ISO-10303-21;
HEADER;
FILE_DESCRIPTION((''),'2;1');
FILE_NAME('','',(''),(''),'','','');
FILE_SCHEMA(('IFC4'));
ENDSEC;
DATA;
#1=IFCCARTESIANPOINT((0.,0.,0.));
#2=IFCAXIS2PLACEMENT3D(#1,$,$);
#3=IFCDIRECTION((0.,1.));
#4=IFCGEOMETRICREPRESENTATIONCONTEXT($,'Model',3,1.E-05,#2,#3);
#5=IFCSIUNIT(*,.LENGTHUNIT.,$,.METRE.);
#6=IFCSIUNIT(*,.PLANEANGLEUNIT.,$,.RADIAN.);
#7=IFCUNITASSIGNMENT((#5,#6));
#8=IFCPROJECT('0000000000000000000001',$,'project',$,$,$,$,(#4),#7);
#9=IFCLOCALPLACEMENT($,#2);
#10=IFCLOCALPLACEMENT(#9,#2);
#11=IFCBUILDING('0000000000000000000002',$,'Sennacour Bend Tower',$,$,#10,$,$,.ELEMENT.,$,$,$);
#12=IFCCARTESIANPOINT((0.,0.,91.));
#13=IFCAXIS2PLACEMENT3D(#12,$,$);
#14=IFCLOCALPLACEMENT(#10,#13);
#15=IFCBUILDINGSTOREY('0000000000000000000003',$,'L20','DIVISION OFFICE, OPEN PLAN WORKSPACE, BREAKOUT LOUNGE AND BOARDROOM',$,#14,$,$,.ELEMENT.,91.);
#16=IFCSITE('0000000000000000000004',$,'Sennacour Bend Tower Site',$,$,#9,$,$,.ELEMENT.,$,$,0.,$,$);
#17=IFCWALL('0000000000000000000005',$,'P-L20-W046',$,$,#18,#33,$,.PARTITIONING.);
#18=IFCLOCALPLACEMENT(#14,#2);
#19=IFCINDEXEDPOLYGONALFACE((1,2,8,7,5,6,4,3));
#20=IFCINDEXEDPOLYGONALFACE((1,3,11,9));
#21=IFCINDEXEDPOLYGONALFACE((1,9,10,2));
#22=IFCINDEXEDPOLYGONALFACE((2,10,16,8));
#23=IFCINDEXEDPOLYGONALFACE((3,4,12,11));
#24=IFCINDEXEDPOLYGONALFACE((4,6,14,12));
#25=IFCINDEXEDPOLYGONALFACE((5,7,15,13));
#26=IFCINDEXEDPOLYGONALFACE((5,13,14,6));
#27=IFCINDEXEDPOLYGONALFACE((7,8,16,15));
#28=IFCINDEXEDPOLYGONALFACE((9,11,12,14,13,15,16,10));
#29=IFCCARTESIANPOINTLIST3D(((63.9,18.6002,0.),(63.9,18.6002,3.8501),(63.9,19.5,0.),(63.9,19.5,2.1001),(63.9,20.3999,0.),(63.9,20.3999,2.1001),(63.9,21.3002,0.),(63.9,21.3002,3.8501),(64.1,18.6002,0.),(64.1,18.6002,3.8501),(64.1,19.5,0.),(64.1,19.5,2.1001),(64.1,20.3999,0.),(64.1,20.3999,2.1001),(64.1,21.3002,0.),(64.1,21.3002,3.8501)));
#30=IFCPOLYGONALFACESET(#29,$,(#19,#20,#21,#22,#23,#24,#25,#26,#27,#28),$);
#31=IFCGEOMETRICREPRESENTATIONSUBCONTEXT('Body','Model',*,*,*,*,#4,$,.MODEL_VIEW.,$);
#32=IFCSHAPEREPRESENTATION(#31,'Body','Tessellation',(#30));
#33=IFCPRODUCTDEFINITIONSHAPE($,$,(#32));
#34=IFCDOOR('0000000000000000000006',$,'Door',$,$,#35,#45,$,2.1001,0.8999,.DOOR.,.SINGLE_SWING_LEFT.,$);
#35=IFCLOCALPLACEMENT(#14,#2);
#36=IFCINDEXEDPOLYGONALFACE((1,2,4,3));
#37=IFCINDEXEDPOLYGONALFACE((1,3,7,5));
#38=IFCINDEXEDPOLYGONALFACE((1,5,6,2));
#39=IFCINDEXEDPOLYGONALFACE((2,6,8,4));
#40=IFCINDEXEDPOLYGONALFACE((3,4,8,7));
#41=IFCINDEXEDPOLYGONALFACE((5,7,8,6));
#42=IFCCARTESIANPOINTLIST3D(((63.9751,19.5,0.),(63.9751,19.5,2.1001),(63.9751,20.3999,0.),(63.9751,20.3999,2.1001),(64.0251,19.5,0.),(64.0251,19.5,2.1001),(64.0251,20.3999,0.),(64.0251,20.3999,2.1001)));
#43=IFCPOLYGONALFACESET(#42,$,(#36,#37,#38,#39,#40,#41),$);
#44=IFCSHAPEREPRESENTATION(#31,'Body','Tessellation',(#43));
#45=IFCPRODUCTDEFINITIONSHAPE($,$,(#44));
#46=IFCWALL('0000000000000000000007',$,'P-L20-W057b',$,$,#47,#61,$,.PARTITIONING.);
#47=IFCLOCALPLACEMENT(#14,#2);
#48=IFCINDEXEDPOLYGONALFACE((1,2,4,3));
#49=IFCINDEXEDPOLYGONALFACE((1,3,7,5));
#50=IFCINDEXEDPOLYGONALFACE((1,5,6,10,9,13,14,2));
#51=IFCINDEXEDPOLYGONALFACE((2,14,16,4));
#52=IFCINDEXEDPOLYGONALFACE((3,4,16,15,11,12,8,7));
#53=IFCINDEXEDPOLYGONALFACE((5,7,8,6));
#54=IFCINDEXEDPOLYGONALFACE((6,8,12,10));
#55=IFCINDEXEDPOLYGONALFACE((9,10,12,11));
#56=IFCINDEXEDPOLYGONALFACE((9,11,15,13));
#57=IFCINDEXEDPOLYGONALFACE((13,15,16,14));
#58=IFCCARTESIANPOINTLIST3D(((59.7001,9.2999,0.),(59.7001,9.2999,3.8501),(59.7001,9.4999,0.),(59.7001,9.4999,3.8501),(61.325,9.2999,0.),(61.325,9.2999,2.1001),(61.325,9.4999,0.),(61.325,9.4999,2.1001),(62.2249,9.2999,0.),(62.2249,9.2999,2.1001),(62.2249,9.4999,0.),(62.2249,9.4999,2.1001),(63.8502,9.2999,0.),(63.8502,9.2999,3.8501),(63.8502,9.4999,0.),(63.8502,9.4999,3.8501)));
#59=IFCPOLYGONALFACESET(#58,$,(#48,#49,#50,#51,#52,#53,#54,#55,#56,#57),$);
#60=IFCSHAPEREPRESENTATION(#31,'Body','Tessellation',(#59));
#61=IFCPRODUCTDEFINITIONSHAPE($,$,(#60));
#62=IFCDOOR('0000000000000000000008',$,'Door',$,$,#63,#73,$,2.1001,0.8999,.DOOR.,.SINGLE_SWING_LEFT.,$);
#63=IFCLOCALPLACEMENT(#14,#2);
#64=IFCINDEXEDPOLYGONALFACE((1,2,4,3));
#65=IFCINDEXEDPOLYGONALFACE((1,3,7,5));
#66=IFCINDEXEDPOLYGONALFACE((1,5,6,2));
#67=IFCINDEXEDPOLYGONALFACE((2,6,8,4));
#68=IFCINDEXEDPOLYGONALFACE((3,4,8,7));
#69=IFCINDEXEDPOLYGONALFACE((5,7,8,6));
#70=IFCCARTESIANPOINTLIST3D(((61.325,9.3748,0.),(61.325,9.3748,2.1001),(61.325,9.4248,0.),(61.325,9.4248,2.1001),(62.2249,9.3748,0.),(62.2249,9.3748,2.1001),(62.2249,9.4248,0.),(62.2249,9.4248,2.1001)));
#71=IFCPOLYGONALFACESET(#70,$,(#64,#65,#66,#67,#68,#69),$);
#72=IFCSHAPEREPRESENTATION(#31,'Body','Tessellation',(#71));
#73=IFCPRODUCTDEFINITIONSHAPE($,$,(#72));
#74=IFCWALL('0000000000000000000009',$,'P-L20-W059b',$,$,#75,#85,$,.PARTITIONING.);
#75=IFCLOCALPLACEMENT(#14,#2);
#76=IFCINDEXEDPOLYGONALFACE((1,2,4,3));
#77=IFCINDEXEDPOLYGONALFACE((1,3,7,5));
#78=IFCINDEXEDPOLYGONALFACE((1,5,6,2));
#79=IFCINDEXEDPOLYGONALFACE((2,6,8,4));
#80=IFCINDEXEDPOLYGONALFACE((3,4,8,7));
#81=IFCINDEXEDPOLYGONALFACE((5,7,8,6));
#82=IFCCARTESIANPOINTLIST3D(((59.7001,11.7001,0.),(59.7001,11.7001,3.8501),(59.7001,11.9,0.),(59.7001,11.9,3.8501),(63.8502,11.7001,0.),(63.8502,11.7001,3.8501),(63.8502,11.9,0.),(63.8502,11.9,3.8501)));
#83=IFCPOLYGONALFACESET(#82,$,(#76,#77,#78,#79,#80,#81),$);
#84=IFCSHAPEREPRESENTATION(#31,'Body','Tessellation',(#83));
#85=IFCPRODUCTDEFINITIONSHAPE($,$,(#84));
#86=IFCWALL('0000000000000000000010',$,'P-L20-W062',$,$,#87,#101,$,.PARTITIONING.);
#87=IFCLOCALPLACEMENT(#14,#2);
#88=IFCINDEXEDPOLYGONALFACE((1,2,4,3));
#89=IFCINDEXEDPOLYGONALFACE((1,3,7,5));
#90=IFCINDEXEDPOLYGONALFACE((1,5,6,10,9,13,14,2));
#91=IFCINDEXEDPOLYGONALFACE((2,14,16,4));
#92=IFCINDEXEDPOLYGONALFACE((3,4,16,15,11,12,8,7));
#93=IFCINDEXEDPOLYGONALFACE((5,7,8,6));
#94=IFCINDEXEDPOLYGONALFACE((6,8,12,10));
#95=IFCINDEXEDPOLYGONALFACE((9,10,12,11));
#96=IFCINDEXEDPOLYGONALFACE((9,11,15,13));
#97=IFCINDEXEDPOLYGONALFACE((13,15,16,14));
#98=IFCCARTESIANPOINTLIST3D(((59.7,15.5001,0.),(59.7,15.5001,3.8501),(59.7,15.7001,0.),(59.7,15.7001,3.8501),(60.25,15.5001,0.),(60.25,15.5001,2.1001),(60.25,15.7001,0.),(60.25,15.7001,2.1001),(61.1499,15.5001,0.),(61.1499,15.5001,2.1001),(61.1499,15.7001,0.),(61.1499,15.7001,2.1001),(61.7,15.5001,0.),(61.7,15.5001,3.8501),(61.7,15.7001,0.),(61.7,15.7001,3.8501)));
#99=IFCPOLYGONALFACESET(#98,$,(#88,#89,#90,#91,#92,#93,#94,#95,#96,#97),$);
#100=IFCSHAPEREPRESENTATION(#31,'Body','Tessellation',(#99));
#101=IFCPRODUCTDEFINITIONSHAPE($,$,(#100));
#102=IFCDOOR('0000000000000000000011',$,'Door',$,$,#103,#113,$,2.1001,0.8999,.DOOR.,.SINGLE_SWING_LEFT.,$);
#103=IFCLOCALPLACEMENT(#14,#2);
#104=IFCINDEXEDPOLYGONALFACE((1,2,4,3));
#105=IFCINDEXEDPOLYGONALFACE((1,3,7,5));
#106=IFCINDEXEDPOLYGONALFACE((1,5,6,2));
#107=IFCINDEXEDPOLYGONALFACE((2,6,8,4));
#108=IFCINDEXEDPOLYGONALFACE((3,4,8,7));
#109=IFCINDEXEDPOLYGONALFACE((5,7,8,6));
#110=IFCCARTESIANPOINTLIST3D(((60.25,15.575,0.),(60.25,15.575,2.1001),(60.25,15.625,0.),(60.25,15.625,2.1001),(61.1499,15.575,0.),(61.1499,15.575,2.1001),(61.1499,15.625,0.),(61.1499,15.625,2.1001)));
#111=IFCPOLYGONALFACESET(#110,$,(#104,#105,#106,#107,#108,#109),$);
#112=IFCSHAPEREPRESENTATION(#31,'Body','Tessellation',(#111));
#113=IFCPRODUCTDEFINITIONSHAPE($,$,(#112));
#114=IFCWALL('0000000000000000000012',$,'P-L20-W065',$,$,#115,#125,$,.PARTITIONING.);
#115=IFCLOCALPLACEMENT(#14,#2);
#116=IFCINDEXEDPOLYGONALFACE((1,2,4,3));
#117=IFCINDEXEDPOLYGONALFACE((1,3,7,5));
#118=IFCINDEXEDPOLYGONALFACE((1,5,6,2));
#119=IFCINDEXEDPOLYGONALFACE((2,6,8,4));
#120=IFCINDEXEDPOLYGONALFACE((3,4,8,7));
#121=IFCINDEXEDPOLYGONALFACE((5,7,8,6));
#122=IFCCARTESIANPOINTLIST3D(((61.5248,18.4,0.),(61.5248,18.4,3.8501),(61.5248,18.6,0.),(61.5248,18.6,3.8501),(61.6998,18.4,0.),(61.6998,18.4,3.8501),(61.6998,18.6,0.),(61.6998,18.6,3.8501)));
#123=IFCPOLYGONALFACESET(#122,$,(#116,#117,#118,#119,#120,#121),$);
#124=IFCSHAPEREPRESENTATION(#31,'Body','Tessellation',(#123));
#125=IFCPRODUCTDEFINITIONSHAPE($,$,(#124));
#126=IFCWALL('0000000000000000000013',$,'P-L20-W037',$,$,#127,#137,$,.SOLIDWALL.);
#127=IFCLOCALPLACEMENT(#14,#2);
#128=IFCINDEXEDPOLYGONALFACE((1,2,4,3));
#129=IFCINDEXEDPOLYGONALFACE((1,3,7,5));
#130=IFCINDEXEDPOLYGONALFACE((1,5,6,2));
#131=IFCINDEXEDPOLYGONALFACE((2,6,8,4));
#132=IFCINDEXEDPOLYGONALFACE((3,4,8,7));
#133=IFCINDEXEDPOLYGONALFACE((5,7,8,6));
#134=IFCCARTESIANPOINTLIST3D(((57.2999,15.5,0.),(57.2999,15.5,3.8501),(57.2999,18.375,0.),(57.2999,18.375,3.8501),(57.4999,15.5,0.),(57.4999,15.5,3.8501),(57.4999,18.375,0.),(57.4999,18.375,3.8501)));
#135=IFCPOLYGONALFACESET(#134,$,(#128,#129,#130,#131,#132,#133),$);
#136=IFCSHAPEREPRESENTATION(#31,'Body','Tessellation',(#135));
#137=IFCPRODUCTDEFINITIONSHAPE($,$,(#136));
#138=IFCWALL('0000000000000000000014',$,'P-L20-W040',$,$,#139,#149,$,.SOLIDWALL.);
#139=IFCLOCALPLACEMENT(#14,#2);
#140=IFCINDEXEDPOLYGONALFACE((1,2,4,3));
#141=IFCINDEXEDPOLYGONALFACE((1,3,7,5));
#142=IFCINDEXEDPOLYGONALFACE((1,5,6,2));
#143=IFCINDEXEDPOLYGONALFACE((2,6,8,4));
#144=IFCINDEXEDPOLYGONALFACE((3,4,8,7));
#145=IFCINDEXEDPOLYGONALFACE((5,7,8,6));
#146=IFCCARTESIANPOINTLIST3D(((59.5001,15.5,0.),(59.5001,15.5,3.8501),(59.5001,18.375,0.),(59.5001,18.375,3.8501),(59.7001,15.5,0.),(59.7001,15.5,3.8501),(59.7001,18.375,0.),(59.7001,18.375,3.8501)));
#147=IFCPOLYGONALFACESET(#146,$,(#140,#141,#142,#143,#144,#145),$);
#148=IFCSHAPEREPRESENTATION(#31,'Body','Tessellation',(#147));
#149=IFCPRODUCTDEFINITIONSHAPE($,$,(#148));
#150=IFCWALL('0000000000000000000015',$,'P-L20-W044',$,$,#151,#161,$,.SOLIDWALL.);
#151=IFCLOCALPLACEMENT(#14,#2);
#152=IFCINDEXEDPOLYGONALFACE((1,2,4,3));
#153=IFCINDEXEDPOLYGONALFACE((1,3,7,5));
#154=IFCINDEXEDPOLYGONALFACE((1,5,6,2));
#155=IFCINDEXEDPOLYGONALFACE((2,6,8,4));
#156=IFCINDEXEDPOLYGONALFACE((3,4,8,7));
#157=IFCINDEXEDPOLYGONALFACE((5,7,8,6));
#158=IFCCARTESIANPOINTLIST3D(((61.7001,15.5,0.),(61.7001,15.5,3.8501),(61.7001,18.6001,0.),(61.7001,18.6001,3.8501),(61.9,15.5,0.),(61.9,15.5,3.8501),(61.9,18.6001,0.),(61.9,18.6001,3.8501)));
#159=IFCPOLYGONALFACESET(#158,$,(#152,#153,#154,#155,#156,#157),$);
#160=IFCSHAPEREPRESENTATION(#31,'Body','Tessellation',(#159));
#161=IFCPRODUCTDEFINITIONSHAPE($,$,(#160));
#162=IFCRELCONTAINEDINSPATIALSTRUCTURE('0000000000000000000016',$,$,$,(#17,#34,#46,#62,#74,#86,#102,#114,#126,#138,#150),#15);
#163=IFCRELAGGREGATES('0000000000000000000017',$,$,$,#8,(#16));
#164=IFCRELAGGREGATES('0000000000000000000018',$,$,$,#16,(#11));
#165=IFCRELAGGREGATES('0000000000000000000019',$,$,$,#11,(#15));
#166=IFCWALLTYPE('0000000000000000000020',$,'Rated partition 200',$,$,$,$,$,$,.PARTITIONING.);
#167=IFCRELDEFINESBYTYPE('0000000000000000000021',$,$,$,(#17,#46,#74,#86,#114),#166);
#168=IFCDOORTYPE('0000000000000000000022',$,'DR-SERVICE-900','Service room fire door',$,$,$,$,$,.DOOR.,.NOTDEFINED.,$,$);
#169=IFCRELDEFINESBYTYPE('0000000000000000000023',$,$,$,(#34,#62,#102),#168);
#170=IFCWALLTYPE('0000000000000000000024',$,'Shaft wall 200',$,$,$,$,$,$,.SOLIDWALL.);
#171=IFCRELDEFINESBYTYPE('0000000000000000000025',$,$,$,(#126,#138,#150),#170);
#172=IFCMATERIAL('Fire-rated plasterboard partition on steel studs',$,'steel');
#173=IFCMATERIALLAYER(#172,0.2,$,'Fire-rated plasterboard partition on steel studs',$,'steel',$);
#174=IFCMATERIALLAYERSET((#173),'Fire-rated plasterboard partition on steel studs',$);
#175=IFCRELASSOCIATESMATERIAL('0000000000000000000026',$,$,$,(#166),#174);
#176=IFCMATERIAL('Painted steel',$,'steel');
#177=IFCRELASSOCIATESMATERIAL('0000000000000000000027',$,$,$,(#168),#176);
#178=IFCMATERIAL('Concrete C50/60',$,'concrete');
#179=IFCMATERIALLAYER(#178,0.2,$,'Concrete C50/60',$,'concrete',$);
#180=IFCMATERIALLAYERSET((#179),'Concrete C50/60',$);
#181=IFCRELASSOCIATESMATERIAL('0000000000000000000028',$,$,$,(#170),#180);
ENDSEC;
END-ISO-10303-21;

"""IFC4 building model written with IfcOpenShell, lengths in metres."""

from ifc_helpers import new_model, si_unit, direction, frame, frame_2d, origin, place, context, subcontext, project, spatial, rectangle, extrude, material, layer, layer_set, type_object, element, fill, save


model = new_model("IFC4")

# Units and contexts
model_context = context("Model", 3, precision=1e-05, world=origin(), true_north=direction((0.0, 1.0)))
body_context = subcontext(model_context, "Body", "Model", "MODEL_VIEW")
ifc_project = project(units=[si_unit("LENGTHUNIT", "METRE"), si_unit("PLANEANGLEUNIT", "RADIAN")], contexts=[model_context])

# Site, building, storey
site_placement = place(None, origin())
site = spatial("IfcSite", under=ifc_project, at=site_placement, Name="Sennacour Bend Tower Site", CompositionType="ELEMENT", RefElevation=0.0)
building_placement = place(site_placement, origin())
building = spatial("IfcBuilding", under=site, at=building_placement, Name="Sennacour Bend Tower", CompositionType="ELEMENT")
storey_placement = place(building_placement, frame((0.0, 0.0, 91.0)))
storey = spatial("IfcBuildingStorey", under=building, at=storey_placement, Name="L20", Description="DIVISION OFFICE, OPEN PLAN WORKSPACE, BREAKOUT LOUNGE AND BOARDROOM", CompositionType="ELEMENT", Elevation=91.0)

# Walls, openings, doors
ifc_material_1 = material(Name="Fire-rated plasterboard partition on steel studs", Category="steel")
ifc_layer_1 = layer(ifc_material_1, 0.2, Name="Fire-rated plasterboard partition on steel studs", Category="steel")
ifc_layer_set_1 = layer_set([ifc_layer_1], Name="Fire-rated plasterboard partition on steel studs")
wall_type_1 = type_object("IfcWallType", Name="Rated partition 200", PredefinedType="PARTITIONING", material=ifc_layer_set_1)
wall_1_placement = place(storey_placement, frame((64.0, 18.6001, 0.0), z_axis=(0.0, 0.0, 1.0), x_axis=(0.0, 1.0, 0.0)))
wall_1 = element("IfcWall", 1, at=wall_1_placement, inside=storey, type_object=wall_type_1, Name="P-L20-W046", PredefinedType="PARTITIONING", context=body_context, shape_type="SweptSolid", body=[
    extrude(rectangle(XDim=2.7, YDim=0.2, at=frame_2d((1.3501, 0.0))), origin(), (0.0, 0.0, 1.0), 3.8501),
])
opening_1_placement = place(wall_1_placement, frame((0.8999, 0.0, 0.0)))
opening_1 = element("IfcOpeningElement", 2, at=opening_1_placement, cuts=wall_1, PredefinedType="OPENING", context=body_context, shape_type="SweptSolid", body=[
    extrude(rectangle(XDim=0.8999, YDim=2.1001, at=frame_2d((0.45, 1.05))), frame((0.0, 0.1099, 0.0), z_axis=(0.0, -1.0, 0.0), x_axis=(1.0, 0.0, 0.0)), (0.0, 0.0, 1.0), 0.22),
])
ifc_material_2 = material(Name="Painted steel", Category="steel")
door_type_1 = type_object("IfcDoorType", Name="DR-SERVICE-900", Description="Service room fire door", OperationType="NOTDEFINED", PredefinedType="DOOR", material=ifc_material_2)
door_1_placement = place(opening_1_placement, origin())
door_1 = element("IfcDoor", 3, at=door_1_placement, inside=storey, type_object=door_type_1, Name="Door", OperationType="SINGLE_SWING_LEFT", OverallHeight=2.1001, OverallWidth=0.8999, PredefinedType="DOOR", context=body_context, shape_type="SweptSolid", body=[
    extrude(rectangle(XDim=0.8999, YDim=2.1001, at=frame_2d((0.45, 1.05))), frame((0.0, 0.0249, 0.0), z_axis=(0.0, -1.0, 0.0), x_axis=(1.0, 0.0, 0.0)), (0.0, 0.0, 1.0), 0.05),
])
fill(opening_1, door_1)
wall_2_placement = place(storey_placement, frame((59.7, 9.3999, 0.0), z_axis=(0.0, 0.0, 1.0), x_axis=(1.0, 0.0, 0.0)))
wall_2 = element("IfcWall", 4, at=wall_2_placement, inside=storey, type_object=wall_type_1, Name="P-L20-W057b", PredefinedType="PARTITIONING", context=body_context, shape_type="SweptSolid", body=[
    extrude(rectangle(XDim=4.1501, YDim=0.2, at=frame_2d((2.0752, 0.0))), origin(), (0.0, 0.0, 1.0), 3.8501),
])
opening_2_placement = place(wall_2_placement, frame((1.625, 0.0, 0.0)))
opening_2 = element("IfcOpeningElement", 5, at=opening_2_placement, cuts=wall_2, PredefinedType="OPENING", context=body_context, shape_type="SweptSolid", body=[
    extrude(rectangle(XDim=0.8999, YDim=2.1001, at=frame_2d((0.45, 1.05))), frame((0.0, 0.1099, 0.0), z_axis=(0.0, -1.0, 0.0), x_axis=(1.0, 0.0, 0.0)), (0.0, 0.0, 1.0), 0.22),
])
door_2_placement = place(opening_2_placement, origin())
door_2 = element("IfcDoor", 6, at=door_2_placement, inside=storey, type_object=door_type_1, Name="Door", OperationType="SINGLE_SWING_LEFT", OverallHeight=2.1001, OverallWidth=0.8999, PredefinedType="DOOR", context=body_context, shape_type="SweptSolid", body=[
    extrude(rectangle(XDim=0.8999, YDim=2.1001, at=frame_2d((0.45, 1.05))), frame((0.0, 0.0249, 0.0), z_axis=(0.0, -1.0, 0.0), x_axis=(1.0, 0.0, 0.0)), (0.0, 0.0, 1.0), 0.05),
])
fill(opening_2, door_2)

# Wall
wall_3_placement = place(storey_placement, frame((59.7, 11.8, 0.0), z_axis=(0.0, 0.0, 1.0), x_axis=(1.0, 0.0, 0.0)))
element("IfcWall", 7, at=wall_3_placement, inside=storey, type_object=wall_type_1, Name="P-L20-W059b", PredefinedType="PARTITIONING", context=body_context, shape_type="SweptSolid", body=[
    extrude(rectangle(XDim=4.1501, YDim=0.2, at=frame_2d((2.0752, 0.0))), origin(), (0.0, 0.0, 1.0), 3.8501),
])

# Wall, opening, door
wall_4_placement = place(storey_placement, frame((59.7, 15.6001, 0.0), z_axis=(0.0, 0.0, 1.0), x_axis=(1.0, 0.0, 0.0)))
wall_4 = element("IfcWall", 8, at=wall_4_placement, inside=storey, type_object=wall_type_1, Name="P-L20-W062", PredefinedType="PARTITIONING", context=body_context, shape_type="SweptSolid", body=[
    extrude(rectangle(XDim=2.0, YDim=0.2, at=frame_2d((1.0, 0.0))), origin(), (0.0, 0.0, 1.0), 3.8501),
])
opening_3_placement = place(wall_4_placement, frame((0.55, 0.0, 0.0)))
opening_3 = element("IfcOpeningElement", 9, at=opening_3_placement, cuts=wall_4, PredefinedType="OPENING", context=body_context, shape_type="SweptSolid", body=[
    extrude(rectangle(XDim=0.8999, YDim=2.1001, at=frame_2d((0.45, 1.05))), frame((0.0, 0.1099, 0.0), z_axis=(0.0, -1.0, 0.0), x_axis=(1.0, 0.0, 0.0)), (0.0, 0.0, 1.0), 0.22),
])
door_3_placement = place(opening_3_placement, origin())
door_3 = element("IfcDoor", 10, at=door_3_placement, inside=storey, type_object=door_type_1, Name="Door", OperationType="SINGLE_SWING_LEFT", OverallHeight=2.1001, OverallWidth=0.8999, PredefinedType="DOOR", context=body_context, shape_type="SweptSolid", body=[
    extrude(rectangle(XDim=0.8999, YDim=2.1001, at=frame_2d((0.45, 1.05))), frame((0.0, 0.0249, 0.0), z_axis=(0.0, -1.0, 0.0), x_axis=(1.0, 0.0, 0.0)), (0.0, 0.0, 1.0), 0.05),
])
fill(opening_3, door_3)

# Walls
wall_5_placement = place(storey_placement, frame((61.5249, 18.5, 0.0), z_axis=(0.0, 0.0, 1.0), x_axis=(1.0, 0.0, 0.0)))
element("IfcWall", 11, at=wall_5_placement, inside=storey, type_object=wall_type_1, Name="P-L20-W065", PredefinedType="PARTITIONING", context=body_context, shape_type="SweptSolid", body=[
    extrude(rectangle(XDim=0.175, YDim=0.2, at=frame_2d((0.0874, 0.0))), origin(), (0.0, 0.0, 1.0), 3.8501),
])
ifc_material_3 = material(Name="Concrete C50/60", Category="concrete")
ifc_layer_2 = layer(ifc_material_3, 0.2, Name="Concrete C50/60", Category="concrete")
ifc_layer_set_2 = layer_set([ifc_layer_2], Name="Concrete C50/60")
wall_type_2 = type_object("IfcWallType", Name="Shaft wall 200", PredefinedType="SOLIDWALL", material=ifc_layer_set_2)
for number, where, z_axis, x_axis, name in (
    (12, (57.3999, 15.5, 0.0), (0.0, 0.0, 1.0), (0.0, 1.0, 0.0), "P-L20-W037"),
    (13, (59.6001, 15.5, 0.0), (0.0, 0.0, 1.0), (0.0, 1.0, 0.0), "P-L20-W040"),
):
    element("IfcWall", number, at=place(storey_placement, frame(where, z_axis=z_axis, x_axis=x_axis)), inside=storey, type_object=wall_type_2, Name=name, PredefinedType="SOLIDWALL", context=body_context, shape_type="SweptSolid", body=[
        extrude(rectangle(XDim=2.875, YDim=0.2, at=frame_2d((1.4375, 0.0))), origin(), (0.0, 0.0, 1.0), 3.8501),
    ])
wall_6_placement = place(storey_placement, frame((61.8, 15.5, 0.0), z_axis=(0.0, 0.0, 1.0), x_axis=(0.0, 1.0, 0.0)))
element("IfcWall", 14, at=wall_6_placement, inside=storey, type_object=wall_type_2, Name="P-L20-W044", PredefinedType="SOLIDWALL", context=body_context, shape_type="SweptSolid", body=[
    extrude(rectangle(XDim=3.1001, YDim=0.2, at=frame_2d((1.55, 0.0))), origin(), (0.0, 0.0, 1.0), 3.8501),
])

save(model, "model.ifc")
